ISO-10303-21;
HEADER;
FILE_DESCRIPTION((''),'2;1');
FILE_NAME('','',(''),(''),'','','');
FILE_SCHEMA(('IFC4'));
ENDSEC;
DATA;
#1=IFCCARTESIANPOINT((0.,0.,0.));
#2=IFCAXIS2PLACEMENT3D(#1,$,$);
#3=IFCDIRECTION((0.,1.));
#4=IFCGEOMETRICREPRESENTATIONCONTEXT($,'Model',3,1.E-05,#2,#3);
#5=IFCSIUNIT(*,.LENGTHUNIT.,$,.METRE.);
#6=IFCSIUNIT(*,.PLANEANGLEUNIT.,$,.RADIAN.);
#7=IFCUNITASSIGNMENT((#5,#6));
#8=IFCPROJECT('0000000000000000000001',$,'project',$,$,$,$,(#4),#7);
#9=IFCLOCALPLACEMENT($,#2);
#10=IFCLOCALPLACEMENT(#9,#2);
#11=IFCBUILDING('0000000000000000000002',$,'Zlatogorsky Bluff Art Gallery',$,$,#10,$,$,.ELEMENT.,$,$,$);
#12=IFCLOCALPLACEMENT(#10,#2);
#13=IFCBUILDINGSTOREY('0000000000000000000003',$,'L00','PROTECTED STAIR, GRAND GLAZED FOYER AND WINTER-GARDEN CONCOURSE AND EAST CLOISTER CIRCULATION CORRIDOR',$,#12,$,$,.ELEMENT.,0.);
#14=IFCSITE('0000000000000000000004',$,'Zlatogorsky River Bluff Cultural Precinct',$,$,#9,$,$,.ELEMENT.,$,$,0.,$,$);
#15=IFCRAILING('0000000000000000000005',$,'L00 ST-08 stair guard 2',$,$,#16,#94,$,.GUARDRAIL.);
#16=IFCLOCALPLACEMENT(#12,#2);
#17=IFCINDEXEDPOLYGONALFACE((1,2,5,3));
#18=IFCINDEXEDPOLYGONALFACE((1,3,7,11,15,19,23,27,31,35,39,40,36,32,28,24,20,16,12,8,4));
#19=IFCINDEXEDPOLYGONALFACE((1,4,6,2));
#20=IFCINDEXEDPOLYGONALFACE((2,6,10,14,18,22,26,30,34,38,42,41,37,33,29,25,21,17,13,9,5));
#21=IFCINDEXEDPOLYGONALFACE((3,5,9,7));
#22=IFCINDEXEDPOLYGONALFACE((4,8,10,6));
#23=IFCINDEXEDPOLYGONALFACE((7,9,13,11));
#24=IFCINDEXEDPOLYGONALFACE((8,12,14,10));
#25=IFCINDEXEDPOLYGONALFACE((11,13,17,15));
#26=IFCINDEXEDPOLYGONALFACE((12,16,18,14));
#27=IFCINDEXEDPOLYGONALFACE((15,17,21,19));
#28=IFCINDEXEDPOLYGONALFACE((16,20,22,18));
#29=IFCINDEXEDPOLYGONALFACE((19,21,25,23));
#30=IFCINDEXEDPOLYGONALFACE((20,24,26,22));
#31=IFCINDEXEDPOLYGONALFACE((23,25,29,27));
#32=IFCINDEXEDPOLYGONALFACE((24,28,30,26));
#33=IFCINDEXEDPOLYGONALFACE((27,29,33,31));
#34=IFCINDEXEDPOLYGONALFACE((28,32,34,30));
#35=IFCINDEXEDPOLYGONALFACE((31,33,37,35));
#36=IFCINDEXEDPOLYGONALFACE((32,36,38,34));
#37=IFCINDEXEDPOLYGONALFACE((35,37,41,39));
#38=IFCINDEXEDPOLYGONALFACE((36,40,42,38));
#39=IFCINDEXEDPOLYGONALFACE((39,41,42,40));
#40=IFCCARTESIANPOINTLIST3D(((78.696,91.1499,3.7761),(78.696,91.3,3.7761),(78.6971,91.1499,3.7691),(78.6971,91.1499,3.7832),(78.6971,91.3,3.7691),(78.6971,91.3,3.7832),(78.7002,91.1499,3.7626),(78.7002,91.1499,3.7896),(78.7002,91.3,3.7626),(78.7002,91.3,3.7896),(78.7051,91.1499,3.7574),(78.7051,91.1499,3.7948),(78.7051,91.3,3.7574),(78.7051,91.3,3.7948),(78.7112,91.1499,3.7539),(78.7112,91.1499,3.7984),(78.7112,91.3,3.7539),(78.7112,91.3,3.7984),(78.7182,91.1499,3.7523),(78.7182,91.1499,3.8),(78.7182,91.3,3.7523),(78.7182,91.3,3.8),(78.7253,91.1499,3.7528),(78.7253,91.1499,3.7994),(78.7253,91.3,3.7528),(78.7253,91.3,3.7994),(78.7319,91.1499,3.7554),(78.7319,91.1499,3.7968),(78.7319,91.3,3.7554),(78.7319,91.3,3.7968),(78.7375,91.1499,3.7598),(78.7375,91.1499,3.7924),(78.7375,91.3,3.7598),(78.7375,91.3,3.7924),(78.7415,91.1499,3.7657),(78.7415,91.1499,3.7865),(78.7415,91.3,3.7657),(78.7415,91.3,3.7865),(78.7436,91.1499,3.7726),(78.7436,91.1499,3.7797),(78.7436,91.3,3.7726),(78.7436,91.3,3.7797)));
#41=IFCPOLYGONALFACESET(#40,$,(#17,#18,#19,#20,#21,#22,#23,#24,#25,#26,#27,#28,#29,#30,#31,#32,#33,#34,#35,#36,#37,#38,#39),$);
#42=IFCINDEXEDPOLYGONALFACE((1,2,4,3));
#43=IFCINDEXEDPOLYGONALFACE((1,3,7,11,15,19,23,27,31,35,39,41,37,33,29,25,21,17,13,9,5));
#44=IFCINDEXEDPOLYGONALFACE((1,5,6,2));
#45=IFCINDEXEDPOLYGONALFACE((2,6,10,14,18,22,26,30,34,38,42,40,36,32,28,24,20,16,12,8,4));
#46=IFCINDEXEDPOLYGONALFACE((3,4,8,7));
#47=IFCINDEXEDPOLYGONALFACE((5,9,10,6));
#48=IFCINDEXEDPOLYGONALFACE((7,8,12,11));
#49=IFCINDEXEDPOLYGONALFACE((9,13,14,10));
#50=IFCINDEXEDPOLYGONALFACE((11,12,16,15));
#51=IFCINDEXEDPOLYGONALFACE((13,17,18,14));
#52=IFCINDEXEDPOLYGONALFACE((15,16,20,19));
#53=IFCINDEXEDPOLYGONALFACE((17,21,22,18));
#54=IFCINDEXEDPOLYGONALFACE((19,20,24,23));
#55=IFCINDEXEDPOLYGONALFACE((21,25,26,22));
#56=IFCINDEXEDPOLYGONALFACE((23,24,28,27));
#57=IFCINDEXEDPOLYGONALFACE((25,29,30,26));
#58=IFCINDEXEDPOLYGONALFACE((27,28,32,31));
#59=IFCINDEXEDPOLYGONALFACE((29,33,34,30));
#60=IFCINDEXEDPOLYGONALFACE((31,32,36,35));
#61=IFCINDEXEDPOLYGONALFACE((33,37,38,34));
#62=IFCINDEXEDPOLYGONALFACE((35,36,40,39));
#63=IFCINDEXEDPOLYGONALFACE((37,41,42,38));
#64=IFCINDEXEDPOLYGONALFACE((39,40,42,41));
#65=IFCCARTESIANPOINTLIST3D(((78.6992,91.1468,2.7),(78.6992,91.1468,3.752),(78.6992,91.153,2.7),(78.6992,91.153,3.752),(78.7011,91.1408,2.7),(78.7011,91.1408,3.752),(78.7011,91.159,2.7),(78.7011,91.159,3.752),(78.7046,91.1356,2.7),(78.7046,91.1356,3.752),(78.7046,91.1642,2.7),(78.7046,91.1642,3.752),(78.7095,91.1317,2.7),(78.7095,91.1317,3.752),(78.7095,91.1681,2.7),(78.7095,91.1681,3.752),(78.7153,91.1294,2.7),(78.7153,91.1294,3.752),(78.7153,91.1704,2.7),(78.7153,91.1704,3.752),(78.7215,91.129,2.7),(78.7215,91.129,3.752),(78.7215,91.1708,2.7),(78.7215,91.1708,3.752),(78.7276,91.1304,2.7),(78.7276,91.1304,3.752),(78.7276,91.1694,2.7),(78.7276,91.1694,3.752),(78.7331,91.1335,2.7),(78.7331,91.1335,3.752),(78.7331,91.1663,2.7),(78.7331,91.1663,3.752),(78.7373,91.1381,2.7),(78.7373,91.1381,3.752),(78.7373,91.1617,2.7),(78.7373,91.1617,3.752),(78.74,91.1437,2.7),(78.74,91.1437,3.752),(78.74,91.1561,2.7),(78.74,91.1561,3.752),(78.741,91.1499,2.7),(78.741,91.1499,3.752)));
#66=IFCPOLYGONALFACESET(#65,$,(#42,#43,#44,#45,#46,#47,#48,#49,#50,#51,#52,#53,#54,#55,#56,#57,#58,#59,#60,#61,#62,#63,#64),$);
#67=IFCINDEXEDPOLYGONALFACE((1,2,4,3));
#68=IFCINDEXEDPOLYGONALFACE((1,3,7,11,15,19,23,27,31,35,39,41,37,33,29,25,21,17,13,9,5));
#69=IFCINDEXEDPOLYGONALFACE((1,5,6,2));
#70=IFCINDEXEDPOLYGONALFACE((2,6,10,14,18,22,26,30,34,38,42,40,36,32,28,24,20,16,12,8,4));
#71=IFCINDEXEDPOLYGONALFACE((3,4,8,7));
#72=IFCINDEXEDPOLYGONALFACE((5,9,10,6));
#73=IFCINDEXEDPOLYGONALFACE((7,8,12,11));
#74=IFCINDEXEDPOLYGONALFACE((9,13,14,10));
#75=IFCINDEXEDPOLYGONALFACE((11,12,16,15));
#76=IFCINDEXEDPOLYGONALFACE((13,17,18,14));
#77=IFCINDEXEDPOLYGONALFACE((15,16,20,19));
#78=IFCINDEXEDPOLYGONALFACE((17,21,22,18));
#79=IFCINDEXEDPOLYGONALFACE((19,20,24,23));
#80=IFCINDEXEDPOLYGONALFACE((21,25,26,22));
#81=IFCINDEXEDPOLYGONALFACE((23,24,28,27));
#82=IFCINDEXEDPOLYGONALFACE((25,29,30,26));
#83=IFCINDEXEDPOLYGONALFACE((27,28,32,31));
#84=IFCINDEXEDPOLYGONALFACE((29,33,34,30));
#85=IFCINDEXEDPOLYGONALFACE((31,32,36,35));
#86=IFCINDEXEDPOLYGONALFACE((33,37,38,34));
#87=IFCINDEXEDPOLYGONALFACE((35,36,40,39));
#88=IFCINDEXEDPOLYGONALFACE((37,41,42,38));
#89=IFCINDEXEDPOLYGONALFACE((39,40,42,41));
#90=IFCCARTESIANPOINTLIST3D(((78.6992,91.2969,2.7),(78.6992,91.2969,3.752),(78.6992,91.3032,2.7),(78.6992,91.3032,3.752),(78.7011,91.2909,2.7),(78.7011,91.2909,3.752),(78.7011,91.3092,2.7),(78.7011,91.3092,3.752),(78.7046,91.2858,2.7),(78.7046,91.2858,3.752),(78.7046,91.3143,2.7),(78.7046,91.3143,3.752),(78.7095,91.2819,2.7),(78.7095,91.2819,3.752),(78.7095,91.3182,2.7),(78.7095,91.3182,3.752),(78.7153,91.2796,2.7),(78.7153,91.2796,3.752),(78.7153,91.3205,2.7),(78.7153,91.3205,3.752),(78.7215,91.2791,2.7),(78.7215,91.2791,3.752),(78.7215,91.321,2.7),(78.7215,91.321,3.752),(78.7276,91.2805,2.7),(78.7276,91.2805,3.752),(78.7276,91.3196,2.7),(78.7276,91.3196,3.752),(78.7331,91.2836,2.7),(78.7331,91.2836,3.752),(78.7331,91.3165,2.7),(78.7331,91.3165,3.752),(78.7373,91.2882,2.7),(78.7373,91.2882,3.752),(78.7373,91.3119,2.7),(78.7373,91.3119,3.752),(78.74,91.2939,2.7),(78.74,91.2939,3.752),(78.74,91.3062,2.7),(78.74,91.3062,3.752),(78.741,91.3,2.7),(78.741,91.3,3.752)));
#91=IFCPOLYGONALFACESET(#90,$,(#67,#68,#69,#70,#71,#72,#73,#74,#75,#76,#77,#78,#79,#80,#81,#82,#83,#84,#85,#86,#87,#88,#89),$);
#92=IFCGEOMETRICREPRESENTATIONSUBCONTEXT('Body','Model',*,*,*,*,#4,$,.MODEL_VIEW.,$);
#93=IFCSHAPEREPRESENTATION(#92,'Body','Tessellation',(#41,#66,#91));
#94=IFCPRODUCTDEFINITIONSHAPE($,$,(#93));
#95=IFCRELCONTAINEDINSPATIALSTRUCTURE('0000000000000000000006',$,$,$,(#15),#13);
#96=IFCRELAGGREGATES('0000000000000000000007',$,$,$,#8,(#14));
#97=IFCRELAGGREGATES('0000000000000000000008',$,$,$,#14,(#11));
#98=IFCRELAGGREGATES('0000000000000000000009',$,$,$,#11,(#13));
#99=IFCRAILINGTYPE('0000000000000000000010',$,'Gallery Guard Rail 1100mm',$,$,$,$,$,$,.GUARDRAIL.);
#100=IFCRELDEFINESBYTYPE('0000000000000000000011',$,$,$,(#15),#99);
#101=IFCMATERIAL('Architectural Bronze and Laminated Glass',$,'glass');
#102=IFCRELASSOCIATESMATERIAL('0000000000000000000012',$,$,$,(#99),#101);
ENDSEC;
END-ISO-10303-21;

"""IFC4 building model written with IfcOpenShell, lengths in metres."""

from ifc_helpers import new_model, si_unit, direction, frame, origin, origin_2d, place, context, subcontext, project, spatial, circle, extrude, material, type_object, element, save


model = new_model("IFC4")

# Units and contexts
model_context = context("Model", 3, precision=1e-05, world=origin(), true_north=direction((0.0, 1.0)))
body_context = subcontext(model_context, "Body", "Model", "MODEL_VIEW")
ifc_project = project(units=[si_unit("LENGTHUNIT", "METRE"), si_unit("PLANEANGLEUNIT", "RADIAN")], contexts=[model_context])

# Site, building, storey
site_placement = place(None, origin())
site = spatial("IfcSite", under=ifc_project, at=site_placement, Name="Zlatogorsky River Bluff Cultural Precinct", CompositionType="ELEMENT", RefElevation=0.0)
building_placement = place(site_placement, origin())
building = spatial("IfcBuilding", under=site, at=building_placement, Name="Zlatogorsky Bluff Art Gallery", CompositionType="ELEMENT")
storey_placement = place(building_placement, origin())
storey = spatial("IfcBuildingStorey", under=building, at=storey_placement, Name="L00", Description="PROTECTED STAIR, GRAND GLAZED FOYER AND WINTER-GARDEN CONCOURSE AND EAST CLOISTER CIRCULATION CORRIDOR", CompositionType="ELEMENT", Elevation=0.0)

# Railing
ifc_material_1 = material(Name="Architectural Bronze and Laminated Glass", Category="glass")
railing_type_1 = type_object("IfcRailingType", Name="Gallery Guard Rail 1100mm", PredefinedType="GUARDRAIL", material=ifc_material_1)
railing_1_placement = place(storey_placement, frame((78.72, 91.1499, 2.7)))
element("IfcRailing", 1, at=railing_1_placement, inside=storey, type_object=railing_type_1, Name="L00 ST-08 stair guard 2", PredefinedType="GUARDRAIL", context=body_context, shape_type="SweptSolid", body=[
    extrude(circle(Radius=0.0239, at=origin_2d()), frame((0.0, 0.0, 1.0762), z_axis=(0.0, 1.0, 0.0), x_axis=(-1.0, 0.0, 0.0)), (0.0, 0.0, 1.0), 0.1501),
    extrude(circle(Radius=0.021, at=origin_2d()), origin(), (0.0, 0.0, 1.0), 1.052),
    extrude(circle(Radius=0.021, at=origin_2d()), frame((0.0, 0.1501, 0.0)), (0.0, 0.0, 1.0), 1.052),
])

save(model, "model.ifc")
